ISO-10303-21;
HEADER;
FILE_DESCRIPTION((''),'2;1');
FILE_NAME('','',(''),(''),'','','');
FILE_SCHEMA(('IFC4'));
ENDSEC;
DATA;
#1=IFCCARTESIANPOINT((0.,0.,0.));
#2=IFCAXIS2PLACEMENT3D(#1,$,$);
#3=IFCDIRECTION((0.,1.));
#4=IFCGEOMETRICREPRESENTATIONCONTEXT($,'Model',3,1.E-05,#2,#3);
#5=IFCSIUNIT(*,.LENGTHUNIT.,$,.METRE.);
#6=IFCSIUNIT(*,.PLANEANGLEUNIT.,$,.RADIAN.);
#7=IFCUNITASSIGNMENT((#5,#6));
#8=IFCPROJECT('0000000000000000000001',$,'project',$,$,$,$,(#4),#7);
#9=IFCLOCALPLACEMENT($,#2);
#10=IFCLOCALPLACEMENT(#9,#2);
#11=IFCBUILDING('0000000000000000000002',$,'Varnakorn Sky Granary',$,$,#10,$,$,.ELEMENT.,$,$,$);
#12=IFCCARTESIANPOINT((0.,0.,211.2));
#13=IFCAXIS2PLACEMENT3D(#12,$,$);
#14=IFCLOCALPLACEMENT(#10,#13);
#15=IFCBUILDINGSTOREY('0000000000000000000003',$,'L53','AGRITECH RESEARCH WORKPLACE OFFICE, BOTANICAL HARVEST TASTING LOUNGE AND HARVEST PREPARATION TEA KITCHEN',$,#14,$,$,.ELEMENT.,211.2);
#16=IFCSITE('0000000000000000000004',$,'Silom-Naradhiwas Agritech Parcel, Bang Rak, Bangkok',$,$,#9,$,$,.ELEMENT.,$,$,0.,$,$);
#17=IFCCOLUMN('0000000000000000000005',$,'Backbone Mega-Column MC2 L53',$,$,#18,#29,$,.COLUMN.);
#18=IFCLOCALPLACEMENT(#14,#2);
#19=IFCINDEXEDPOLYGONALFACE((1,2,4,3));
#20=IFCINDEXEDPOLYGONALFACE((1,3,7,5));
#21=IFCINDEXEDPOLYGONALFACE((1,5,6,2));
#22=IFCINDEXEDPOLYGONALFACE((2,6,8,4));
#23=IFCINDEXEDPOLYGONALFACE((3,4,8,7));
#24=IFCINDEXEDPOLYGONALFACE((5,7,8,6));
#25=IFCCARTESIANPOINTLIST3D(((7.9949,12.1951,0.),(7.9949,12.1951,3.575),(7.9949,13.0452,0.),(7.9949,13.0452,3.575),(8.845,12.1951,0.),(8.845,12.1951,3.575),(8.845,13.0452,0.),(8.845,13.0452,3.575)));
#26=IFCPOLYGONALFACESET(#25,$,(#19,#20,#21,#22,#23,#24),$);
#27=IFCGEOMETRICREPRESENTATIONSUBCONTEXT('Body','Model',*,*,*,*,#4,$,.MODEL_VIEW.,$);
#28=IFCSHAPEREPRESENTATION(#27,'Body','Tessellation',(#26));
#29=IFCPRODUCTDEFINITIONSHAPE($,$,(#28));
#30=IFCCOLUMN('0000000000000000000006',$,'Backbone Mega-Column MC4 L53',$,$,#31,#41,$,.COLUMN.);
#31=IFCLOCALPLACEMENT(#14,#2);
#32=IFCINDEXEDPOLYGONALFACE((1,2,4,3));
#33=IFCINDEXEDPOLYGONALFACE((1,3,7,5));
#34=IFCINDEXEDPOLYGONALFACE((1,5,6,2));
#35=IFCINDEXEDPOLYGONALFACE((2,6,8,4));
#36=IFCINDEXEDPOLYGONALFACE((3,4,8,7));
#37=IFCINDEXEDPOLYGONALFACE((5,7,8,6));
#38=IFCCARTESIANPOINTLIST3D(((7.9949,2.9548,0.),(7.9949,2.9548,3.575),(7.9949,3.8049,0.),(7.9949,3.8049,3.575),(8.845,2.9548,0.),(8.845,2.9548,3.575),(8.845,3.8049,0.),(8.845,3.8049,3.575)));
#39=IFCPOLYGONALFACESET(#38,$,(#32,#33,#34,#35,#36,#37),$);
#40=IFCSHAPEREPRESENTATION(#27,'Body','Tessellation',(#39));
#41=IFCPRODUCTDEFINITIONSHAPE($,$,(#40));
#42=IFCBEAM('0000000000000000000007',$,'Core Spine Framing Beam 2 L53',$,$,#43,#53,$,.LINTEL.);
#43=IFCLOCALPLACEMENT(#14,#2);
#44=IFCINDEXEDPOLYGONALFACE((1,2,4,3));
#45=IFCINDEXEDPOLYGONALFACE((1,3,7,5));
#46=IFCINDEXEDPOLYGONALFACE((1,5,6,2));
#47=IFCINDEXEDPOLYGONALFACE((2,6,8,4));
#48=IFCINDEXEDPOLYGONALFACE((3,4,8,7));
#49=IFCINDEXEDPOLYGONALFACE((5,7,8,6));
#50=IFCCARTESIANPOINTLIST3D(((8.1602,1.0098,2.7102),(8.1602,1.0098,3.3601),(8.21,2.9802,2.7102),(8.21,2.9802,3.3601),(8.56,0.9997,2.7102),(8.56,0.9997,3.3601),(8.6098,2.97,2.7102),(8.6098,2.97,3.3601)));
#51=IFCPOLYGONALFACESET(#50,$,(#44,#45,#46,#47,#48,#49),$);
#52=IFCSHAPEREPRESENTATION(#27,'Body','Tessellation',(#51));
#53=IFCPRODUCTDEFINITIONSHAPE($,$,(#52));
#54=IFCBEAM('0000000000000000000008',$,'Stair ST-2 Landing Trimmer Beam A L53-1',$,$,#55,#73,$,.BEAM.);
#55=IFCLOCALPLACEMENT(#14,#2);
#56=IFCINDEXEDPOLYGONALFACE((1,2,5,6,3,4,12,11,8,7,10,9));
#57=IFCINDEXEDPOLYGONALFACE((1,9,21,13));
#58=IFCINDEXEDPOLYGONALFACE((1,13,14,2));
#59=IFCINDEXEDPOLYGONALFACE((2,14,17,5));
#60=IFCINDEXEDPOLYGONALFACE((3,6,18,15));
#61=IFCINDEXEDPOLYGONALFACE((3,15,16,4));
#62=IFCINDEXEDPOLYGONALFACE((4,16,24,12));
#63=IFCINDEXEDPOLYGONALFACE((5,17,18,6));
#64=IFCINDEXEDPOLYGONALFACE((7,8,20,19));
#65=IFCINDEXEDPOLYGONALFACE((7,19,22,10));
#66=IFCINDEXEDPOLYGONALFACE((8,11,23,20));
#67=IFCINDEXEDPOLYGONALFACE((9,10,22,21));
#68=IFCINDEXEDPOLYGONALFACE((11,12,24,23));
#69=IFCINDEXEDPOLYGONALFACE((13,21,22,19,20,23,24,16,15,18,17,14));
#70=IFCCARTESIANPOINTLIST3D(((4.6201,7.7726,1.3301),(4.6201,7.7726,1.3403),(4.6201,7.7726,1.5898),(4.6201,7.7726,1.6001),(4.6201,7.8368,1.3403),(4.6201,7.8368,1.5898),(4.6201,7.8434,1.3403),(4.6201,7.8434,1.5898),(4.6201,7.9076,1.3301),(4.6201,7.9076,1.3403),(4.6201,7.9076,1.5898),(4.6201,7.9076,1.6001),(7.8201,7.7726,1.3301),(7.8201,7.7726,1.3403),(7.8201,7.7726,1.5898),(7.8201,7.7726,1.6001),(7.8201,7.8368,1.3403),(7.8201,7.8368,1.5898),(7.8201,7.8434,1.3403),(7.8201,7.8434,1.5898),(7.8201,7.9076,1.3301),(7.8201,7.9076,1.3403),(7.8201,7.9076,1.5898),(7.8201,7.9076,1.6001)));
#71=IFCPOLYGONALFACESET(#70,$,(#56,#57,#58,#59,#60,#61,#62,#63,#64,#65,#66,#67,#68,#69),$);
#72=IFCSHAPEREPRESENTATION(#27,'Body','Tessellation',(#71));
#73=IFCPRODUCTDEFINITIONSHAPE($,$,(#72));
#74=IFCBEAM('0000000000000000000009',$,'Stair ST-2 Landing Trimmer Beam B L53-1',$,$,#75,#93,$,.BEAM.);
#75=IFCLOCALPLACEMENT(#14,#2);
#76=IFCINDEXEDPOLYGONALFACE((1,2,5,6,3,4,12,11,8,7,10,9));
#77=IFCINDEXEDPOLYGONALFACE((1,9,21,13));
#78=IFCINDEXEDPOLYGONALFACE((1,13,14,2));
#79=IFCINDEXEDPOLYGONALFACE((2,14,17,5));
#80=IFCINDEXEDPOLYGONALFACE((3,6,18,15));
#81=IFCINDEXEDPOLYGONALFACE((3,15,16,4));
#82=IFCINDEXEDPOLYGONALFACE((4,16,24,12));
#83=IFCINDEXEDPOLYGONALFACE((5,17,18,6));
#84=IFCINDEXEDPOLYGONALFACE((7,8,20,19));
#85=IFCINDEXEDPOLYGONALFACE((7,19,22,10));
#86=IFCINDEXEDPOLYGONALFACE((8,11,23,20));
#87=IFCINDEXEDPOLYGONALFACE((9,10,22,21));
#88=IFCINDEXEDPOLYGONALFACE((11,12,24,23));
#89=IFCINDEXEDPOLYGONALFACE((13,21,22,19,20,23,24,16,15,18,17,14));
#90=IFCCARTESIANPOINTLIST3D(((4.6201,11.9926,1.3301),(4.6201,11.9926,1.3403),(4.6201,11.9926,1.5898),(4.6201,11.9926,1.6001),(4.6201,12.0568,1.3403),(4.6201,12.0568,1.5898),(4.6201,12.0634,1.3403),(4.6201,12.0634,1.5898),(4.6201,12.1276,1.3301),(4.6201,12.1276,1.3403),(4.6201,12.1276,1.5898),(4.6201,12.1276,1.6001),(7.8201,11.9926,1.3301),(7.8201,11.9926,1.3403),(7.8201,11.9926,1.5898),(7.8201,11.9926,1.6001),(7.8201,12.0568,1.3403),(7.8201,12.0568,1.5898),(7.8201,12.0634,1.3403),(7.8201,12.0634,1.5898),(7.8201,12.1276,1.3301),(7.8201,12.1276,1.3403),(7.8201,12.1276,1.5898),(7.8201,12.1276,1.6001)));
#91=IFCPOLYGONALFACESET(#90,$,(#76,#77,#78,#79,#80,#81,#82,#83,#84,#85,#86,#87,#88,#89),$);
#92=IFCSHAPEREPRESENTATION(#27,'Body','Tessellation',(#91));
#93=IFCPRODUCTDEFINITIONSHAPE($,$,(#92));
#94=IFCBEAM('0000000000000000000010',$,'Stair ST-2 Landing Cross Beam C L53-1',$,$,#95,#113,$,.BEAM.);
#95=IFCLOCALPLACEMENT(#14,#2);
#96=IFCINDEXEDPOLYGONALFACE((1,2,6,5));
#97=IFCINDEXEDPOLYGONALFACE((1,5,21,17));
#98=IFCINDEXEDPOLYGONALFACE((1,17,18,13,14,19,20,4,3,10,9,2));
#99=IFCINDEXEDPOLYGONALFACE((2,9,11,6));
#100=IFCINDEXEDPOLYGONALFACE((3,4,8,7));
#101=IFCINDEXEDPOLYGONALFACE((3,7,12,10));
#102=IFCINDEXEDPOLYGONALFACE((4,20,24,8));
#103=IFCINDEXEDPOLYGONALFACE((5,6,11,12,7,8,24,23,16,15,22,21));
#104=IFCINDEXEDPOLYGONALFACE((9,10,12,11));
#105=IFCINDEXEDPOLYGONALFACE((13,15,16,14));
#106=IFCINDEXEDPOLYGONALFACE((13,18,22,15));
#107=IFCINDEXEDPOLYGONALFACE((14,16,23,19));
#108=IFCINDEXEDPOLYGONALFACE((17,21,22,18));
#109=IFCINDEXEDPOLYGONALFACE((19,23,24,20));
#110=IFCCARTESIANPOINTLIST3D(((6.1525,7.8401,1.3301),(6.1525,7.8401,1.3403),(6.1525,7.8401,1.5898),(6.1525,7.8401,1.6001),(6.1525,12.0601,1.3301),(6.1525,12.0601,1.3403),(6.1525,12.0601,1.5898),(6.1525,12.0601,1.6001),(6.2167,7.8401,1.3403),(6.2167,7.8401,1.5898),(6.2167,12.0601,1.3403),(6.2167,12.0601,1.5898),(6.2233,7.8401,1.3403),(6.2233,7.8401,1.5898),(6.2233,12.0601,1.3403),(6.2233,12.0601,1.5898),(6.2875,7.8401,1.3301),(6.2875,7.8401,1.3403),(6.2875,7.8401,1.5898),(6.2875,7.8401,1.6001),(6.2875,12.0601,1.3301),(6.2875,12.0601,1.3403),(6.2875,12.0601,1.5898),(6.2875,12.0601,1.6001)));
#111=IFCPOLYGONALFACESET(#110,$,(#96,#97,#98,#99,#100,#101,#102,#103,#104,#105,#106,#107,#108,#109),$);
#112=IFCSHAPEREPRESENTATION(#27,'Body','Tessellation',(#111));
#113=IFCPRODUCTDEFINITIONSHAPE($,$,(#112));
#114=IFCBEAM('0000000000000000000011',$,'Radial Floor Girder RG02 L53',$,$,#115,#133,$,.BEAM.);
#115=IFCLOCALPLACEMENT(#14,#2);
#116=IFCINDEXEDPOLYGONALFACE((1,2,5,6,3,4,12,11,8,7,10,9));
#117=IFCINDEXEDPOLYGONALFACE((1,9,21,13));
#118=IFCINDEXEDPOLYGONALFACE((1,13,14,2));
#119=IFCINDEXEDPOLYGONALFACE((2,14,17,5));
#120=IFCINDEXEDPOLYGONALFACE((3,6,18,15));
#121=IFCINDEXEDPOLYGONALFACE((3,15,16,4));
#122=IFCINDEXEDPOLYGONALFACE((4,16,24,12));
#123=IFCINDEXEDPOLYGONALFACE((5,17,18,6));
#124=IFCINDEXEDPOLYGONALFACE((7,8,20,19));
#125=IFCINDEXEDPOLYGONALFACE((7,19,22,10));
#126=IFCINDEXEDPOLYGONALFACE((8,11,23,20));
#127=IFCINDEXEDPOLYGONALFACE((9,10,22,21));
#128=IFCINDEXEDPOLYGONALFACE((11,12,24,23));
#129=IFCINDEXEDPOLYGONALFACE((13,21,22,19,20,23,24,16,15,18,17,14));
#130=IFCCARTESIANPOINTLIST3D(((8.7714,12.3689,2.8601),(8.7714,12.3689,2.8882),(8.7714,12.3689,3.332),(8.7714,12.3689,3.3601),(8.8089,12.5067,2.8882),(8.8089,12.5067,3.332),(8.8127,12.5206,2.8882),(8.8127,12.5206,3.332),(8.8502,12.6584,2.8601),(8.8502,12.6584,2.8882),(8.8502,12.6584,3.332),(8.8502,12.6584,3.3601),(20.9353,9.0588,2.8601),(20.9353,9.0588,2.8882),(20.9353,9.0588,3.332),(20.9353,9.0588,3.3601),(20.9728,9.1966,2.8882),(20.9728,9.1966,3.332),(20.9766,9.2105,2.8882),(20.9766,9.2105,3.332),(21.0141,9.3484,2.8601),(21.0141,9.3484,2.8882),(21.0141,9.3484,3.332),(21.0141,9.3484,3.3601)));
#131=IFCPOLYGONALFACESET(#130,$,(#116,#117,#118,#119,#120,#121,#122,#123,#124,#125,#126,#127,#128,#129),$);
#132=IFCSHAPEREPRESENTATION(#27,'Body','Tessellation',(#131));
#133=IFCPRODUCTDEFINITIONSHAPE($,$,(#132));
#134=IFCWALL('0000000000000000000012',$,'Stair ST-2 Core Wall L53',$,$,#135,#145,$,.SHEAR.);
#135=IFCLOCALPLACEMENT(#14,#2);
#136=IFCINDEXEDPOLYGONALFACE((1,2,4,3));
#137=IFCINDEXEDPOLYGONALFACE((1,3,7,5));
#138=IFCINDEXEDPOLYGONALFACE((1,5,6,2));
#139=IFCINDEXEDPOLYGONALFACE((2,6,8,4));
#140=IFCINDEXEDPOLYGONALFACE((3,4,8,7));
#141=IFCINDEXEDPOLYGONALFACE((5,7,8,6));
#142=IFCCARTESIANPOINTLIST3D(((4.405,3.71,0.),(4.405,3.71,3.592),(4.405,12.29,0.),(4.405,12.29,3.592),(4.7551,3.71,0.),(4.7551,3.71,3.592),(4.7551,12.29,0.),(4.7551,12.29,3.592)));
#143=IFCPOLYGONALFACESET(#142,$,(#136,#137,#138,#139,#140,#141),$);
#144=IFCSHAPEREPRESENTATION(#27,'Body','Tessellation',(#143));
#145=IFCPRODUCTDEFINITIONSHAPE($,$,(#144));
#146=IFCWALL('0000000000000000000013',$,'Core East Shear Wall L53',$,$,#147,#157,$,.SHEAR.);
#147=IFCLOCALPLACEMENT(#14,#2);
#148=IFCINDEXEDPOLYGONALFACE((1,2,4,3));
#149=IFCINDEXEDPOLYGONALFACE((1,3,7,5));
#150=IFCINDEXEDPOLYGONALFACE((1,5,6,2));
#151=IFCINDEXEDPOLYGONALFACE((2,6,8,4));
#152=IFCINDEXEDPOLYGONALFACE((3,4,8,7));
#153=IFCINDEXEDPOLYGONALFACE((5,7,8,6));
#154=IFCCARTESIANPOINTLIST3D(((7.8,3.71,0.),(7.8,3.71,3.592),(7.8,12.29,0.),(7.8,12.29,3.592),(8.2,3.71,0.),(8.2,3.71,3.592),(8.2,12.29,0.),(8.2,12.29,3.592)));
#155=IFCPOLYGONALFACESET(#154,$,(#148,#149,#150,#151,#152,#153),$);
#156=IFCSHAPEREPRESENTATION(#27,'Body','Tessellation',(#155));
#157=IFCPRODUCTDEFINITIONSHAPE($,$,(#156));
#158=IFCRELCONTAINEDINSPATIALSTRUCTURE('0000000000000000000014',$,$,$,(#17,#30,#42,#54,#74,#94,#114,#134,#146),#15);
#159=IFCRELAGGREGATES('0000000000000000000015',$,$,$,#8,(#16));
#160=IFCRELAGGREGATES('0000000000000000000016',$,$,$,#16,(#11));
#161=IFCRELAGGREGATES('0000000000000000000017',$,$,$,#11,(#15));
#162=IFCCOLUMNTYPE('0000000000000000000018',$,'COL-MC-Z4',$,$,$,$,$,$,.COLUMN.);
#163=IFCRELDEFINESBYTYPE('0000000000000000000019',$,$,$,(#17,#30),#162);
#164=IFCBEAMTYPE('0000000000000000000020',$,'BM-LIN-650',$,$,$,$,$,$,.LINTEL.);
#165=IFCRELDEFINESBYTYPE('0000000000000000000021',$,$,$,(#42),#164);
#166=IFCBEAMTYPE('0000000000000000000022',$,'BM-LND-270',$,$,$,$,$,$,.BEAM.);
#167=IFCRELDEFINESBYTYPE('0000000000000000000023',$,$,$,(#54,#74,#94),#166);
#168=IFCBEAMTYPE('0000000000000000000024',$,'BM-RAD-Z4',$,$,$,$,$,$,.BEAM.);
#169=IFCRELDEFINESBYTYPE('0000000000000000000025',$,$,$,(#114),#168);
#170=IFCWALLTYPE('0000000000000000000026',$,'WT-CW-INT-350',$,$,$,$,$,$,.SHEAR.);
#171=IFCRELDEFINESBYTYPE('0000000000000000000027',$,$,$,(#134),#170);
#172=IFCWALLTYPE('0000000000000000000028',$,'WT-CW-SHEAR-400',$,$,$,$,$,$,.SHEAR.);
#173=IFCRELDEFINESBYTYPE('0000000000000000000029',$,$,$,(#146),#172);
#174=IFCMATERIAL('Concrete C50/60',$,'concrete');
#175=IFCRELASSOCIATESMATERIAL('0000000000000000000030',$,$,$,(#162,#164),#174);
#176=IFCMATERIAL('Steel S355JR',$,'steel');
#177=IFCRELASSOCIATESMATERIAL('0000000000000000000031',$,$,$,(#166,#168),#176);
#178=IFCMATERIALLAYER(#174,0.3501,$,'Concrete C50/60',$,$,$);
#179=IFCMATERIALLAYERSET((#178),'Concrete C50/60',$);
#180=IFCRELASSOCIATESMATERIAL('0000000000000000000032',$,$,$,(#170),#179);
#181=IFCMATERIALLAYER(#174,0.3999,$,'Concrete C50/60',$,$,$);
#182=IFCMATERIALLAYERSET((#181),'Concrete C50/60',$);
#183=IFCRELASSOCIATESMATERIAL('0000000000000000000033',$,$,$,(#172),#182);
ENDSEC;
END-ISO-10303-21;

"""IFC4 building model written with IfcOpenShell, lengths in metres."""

from ifc_helpers import new_model, si_unit, direction, frame, frame_2d, origin, origin_2d, place, context, subcontext, project, spatial, rectangle, i_section, extrude, material, layer, layer_set, material_profile, profile_set, type_object, element, save


model = new_model("IFC4")

# Units and contexts
model_context = context("Model", 3, precision=1e-05, world=origin(), true_north=direction((0.0, 1.0)))
body_context = subcontext(model_context, "Body", "Model", "MODEL_VIEW")
ifc_project = project(units=[si_unit("LENGTHUNIT", "METRE"), si_unit("PLANEANGLEUNIT", "RADIAN")], contexts=[model_context])

# Site, building, storey
site_placement = place(None, origin())
site = spatial("IfcSite", under=ifc_project, at=site_placement, Name="Silom-Naradhiwas Agritech Parcel, Bang Rak, Bangkok", CompositionType="ELEMENT", RefElevation=0.0)
building_placement = place(site_placement, origin())
building = spatial("IfcBuilding", under=site, at=building_placement, Name="Varnakorn Sky Granary", CompositionType="ELEMENT")
storey_placement = place(building_placement, frame((0.0, 0.0, 211.2)))
storey = spatial("IfcBuildingStorey", under=building, at=storey_placement, Name="L53", Description="AGRITECH RESEARCH WORKPLACE OFFICE, BOTANICAL HARVEST TASTING LOUNGE AND HARVEST PREPARATION TEA KITCHEN", CompositionType="ELEMENT", Elevation=211.2)

# Columns
ifc_material_1 = material(Name="Concrete C50/60", Category="concrete")
ifc_material_profile_1 = material_profile(ifc_material_1, rectangle(XDim=0.8501, YDim=0.8501, at=origin_2d()), Name="RC 850x850")
ifc_profile_set_1 = profile_set([ifc_material_profile_1], Name="Concrete C50/60")
column_type = type_object("IfcColumnType", Name="COL-MC-Z4", PredefinedType="COLUMN", material=ifc_profile_set_1)
for number, where, z_axis, x_axis, name in (
    (1, (8.4199, 12.6201, 0.0), (0.0, 0.0, 1.0), (1.0, 0.0, 0.0), "Backbone Mega-Column MC2 L53"),
    (2, (8.4199, 3.3799, 0.0), (0.0, 0.0, 1.0), (1.0, 0.0, 0.0), "Backbone Mega-Column MC4 L53"),
):
    element("IfcColumn", number, at=place(storey_placement, frame(where, z_axis=z_axis, x_axis=x_axis)), inside=storey, type_object=column_type, Name=name, PredefinedType="COLUMN", context=body_context, shape_type="SweptSolid", body=[
        extrude(rectangle(XDim=0.8501, YDim=0.8501, at=origin_2d()), origin(), (0.0, 0.0, 1.0), 3.575),
    ])

# Beams
ifc_material_profile_2 = material_profile(ifc_material_1, rectangle(XDim=0.3999, YDim=0.6499, at=origin_2d()), Name="RC 400x650")
ifc_profile_set_2 = profile_set([ifc_material_profile_2], Name="Concrete C50/60")
beam_type_1 = type_object("IfcBeamType", Name="BM-LIN-650", PredefinedType="LINTEL", material=ifc_profile_set_2)
beam_1_placement = place(storey_placement, frame((8.4099, 2.9751, 3.0352), z_axis=(-0.025271, -0.999681, 0.0), x_axis=(0.999681, -0.025271, 0.0)))
element("IfcBeam", 3, at=beam_1_placement, inside=storey, type_object=beam_type_1, Name="Core Spine Framing Beam 2 L53", PredefinedType="LINTEL", context=body_context, shape_type="SweptSolid", body=[
    extrude(rectangle(XDim=0.3999, YDim=0.6499, at=origin_2d()), origin(), (0.0, 0.0, 1.0), 1.9709),
])
ifc_material_2 = material(Name="Steel S355JR", Category="steel")
ifc_material_profile_3 = material_profile(ifc_material_2, i_section(OverallWidth=0.135, OverallDepth=0.27, WebThickness=0.0066, FlangeThickness=0.0103, at=origin_2d()), Name="IPE 270")
ifc_profile_set_3 = profile_set([ifc_material_profile_3], Name="Steel S355JR")
beam_type_2 = type_object("IfcBeamType", Name="BM-LND-270", PredefinedType="BEAM", material=ifc_profile_set_3)
for number, where, z_axis, x_axis, name in (
    (4, (4.6201, 7.8401, 1.4651), (1.0, 0.0, 0.0), (0.0, 1.0, 0.0), "Stair ST-2 Landing Trimmer Beam A L53-1"),
    (5, (4.6201, 12.0601, 1.4651), (1.0, 0.0, 0.0), (0.0, 1.0, 0.0), "Stair ST-2 Landing Trimmer Beam B L53-1"),
):
    element("IfcBeam", number, at=place(storey_placement, frame(where, z_axis=z_axis, x_axis=x_axis)), inside=storey, type_object=beam_type_2, Name=name, PredefinedType="BEAM", context=body_context, shape_type="SweptSolid", body=[
        extrude(i_section(OverallWidth=0.135, OverallDepth=0.27, WebThickness=0.0066, FlangeThickness=0.0103, at=origin_2d()), origin(), (0.0, 0.0, 1.0), 3.2),
    ])
beam_2_placement = place(storey_placement, frame((6.22, 7.8401, 1.4651), z_axis=(0.0, 1.0, 0.0), x_axis=(-1.0, 0.0, 0.0)))
element("IfcBeam", 6, at=beam_2_placement, inside=storey, type_object=beam_type_2, Name="Stair ST-2 Landing Cross Beam C L53-1", PredefinedType="BEAM", context=body_context, shape_type="SweptSolid", body=[
    extrude(i_section(OverallWidth=0.135, OverallDepth=0.27, WebThickness=0.0066, FlangeThickness=0.0103, at=origin_2d()), origin(), (0.0, 0.0, 1.0), 4.22),
])
ifc_material_profile_4 = material_profile(ifc_material_2, i_section(OverallWidth=0.3, OverallDepth=0.5, WebThickness=0.0144, FlangeThickness=0.0281, at=origin_2d()), Name="HE 500 B")
ifc_profile_set_4 = profile_set([ifc_material_profile_4], Name="Steel S355JR")
beam_type_3 = type_object("IfcBeamType", Name="BM-RAD-Z4", PredefinedType="BEAM", material=ifc_profile_set_4)
beam_3_placement = place(storey_placement, frame((8.8108, 12.5137, 3.1101), z_axis=(0.964912, -0.262575, 0.0), x_axis=(0.262575, 0.964912, 0.0)))
element("IfcBeam", 7, at=beam_3_placement, inside=storey, type_object=beam_type_3, Name="Radial Floor Girder RG02 L53", PredefinedType="BEAM", context=body_context, shape_type="SweptSolid", body=[
    extrude(i_section(OverallWidth=0.3, OverallDepth=0.5, WebThickness=0.0144, FlangeThickness=0.0281, at=origin_2d()), origin(), (0.0, 0.0, 1.0), 12.6062),
])

# Walls
ifc_layer_1 = layer(ifc_material_1, 0.3501, Name="Concrete C50/60")
ifc_layer_set_1 = layer_set([ifc_layer_1], Name="Concrete C50/60")
wall_type_1 = type_object("IfcWallType", Name="WT-CW-INT-350", PredefinedType="SHEAR", material=ifc_layer_set_1)
wall_1_placement = place(storey_placement, frame((4.5801, 3.71, 0.0), z_axis=(0.0, 0.0, 1.0), x_axis=(0.0, 1.0, 0.0)))
element("IfcWall", 8, at=wall_1_placement, inside=storey, type_object=wall_type_1, Name="Stair ST-2 Core Wall L53", PredefinedType="SHEAR", context=body_context, shape_type="SweptSolid", body=[
    extrude(rectangle(XDim=8.5801, YDim=0.3501, at=frame_2d((4.29, 0.0))), origin(), (0.0, 0.0, 1.0), 3.592),
])
ifc_layer_2 = layer(ifc_material_1, 0.3999, Name="Concrete C50/60")
ifc_layer_set_2 = layer_set([ifc_layer_2], Name="Concrete C50/60")
wall_type_2 = type_object("IfcWallType", Name="WT-CW-SHEAR-400", PredefinedType="SHEAR", material=ifc_layer_set_2)
wall_2_placement = place(storey_placement, frame((8.0, 3.71, 0.0), z_axis=(0.0, 0.0, 1.0), x_axis=(0.0, 1.0, 0.0)))
element("IfcWall", 9, at=wall_2_placement, inside=storey, type_object=wall_type_2, Name="Core East Shear Wall L53", PredefinedType="SHEAR", context=body_context, shape_type="SweptSolid", body=[
    extrude(rectangle(XDim=8.5801, YDim=0.3999, at=frame_2d((4.29, 0.0))), origin(), (0.0, 0.0, 1.0), 3.592),
])

save(model, "model.ifc")
